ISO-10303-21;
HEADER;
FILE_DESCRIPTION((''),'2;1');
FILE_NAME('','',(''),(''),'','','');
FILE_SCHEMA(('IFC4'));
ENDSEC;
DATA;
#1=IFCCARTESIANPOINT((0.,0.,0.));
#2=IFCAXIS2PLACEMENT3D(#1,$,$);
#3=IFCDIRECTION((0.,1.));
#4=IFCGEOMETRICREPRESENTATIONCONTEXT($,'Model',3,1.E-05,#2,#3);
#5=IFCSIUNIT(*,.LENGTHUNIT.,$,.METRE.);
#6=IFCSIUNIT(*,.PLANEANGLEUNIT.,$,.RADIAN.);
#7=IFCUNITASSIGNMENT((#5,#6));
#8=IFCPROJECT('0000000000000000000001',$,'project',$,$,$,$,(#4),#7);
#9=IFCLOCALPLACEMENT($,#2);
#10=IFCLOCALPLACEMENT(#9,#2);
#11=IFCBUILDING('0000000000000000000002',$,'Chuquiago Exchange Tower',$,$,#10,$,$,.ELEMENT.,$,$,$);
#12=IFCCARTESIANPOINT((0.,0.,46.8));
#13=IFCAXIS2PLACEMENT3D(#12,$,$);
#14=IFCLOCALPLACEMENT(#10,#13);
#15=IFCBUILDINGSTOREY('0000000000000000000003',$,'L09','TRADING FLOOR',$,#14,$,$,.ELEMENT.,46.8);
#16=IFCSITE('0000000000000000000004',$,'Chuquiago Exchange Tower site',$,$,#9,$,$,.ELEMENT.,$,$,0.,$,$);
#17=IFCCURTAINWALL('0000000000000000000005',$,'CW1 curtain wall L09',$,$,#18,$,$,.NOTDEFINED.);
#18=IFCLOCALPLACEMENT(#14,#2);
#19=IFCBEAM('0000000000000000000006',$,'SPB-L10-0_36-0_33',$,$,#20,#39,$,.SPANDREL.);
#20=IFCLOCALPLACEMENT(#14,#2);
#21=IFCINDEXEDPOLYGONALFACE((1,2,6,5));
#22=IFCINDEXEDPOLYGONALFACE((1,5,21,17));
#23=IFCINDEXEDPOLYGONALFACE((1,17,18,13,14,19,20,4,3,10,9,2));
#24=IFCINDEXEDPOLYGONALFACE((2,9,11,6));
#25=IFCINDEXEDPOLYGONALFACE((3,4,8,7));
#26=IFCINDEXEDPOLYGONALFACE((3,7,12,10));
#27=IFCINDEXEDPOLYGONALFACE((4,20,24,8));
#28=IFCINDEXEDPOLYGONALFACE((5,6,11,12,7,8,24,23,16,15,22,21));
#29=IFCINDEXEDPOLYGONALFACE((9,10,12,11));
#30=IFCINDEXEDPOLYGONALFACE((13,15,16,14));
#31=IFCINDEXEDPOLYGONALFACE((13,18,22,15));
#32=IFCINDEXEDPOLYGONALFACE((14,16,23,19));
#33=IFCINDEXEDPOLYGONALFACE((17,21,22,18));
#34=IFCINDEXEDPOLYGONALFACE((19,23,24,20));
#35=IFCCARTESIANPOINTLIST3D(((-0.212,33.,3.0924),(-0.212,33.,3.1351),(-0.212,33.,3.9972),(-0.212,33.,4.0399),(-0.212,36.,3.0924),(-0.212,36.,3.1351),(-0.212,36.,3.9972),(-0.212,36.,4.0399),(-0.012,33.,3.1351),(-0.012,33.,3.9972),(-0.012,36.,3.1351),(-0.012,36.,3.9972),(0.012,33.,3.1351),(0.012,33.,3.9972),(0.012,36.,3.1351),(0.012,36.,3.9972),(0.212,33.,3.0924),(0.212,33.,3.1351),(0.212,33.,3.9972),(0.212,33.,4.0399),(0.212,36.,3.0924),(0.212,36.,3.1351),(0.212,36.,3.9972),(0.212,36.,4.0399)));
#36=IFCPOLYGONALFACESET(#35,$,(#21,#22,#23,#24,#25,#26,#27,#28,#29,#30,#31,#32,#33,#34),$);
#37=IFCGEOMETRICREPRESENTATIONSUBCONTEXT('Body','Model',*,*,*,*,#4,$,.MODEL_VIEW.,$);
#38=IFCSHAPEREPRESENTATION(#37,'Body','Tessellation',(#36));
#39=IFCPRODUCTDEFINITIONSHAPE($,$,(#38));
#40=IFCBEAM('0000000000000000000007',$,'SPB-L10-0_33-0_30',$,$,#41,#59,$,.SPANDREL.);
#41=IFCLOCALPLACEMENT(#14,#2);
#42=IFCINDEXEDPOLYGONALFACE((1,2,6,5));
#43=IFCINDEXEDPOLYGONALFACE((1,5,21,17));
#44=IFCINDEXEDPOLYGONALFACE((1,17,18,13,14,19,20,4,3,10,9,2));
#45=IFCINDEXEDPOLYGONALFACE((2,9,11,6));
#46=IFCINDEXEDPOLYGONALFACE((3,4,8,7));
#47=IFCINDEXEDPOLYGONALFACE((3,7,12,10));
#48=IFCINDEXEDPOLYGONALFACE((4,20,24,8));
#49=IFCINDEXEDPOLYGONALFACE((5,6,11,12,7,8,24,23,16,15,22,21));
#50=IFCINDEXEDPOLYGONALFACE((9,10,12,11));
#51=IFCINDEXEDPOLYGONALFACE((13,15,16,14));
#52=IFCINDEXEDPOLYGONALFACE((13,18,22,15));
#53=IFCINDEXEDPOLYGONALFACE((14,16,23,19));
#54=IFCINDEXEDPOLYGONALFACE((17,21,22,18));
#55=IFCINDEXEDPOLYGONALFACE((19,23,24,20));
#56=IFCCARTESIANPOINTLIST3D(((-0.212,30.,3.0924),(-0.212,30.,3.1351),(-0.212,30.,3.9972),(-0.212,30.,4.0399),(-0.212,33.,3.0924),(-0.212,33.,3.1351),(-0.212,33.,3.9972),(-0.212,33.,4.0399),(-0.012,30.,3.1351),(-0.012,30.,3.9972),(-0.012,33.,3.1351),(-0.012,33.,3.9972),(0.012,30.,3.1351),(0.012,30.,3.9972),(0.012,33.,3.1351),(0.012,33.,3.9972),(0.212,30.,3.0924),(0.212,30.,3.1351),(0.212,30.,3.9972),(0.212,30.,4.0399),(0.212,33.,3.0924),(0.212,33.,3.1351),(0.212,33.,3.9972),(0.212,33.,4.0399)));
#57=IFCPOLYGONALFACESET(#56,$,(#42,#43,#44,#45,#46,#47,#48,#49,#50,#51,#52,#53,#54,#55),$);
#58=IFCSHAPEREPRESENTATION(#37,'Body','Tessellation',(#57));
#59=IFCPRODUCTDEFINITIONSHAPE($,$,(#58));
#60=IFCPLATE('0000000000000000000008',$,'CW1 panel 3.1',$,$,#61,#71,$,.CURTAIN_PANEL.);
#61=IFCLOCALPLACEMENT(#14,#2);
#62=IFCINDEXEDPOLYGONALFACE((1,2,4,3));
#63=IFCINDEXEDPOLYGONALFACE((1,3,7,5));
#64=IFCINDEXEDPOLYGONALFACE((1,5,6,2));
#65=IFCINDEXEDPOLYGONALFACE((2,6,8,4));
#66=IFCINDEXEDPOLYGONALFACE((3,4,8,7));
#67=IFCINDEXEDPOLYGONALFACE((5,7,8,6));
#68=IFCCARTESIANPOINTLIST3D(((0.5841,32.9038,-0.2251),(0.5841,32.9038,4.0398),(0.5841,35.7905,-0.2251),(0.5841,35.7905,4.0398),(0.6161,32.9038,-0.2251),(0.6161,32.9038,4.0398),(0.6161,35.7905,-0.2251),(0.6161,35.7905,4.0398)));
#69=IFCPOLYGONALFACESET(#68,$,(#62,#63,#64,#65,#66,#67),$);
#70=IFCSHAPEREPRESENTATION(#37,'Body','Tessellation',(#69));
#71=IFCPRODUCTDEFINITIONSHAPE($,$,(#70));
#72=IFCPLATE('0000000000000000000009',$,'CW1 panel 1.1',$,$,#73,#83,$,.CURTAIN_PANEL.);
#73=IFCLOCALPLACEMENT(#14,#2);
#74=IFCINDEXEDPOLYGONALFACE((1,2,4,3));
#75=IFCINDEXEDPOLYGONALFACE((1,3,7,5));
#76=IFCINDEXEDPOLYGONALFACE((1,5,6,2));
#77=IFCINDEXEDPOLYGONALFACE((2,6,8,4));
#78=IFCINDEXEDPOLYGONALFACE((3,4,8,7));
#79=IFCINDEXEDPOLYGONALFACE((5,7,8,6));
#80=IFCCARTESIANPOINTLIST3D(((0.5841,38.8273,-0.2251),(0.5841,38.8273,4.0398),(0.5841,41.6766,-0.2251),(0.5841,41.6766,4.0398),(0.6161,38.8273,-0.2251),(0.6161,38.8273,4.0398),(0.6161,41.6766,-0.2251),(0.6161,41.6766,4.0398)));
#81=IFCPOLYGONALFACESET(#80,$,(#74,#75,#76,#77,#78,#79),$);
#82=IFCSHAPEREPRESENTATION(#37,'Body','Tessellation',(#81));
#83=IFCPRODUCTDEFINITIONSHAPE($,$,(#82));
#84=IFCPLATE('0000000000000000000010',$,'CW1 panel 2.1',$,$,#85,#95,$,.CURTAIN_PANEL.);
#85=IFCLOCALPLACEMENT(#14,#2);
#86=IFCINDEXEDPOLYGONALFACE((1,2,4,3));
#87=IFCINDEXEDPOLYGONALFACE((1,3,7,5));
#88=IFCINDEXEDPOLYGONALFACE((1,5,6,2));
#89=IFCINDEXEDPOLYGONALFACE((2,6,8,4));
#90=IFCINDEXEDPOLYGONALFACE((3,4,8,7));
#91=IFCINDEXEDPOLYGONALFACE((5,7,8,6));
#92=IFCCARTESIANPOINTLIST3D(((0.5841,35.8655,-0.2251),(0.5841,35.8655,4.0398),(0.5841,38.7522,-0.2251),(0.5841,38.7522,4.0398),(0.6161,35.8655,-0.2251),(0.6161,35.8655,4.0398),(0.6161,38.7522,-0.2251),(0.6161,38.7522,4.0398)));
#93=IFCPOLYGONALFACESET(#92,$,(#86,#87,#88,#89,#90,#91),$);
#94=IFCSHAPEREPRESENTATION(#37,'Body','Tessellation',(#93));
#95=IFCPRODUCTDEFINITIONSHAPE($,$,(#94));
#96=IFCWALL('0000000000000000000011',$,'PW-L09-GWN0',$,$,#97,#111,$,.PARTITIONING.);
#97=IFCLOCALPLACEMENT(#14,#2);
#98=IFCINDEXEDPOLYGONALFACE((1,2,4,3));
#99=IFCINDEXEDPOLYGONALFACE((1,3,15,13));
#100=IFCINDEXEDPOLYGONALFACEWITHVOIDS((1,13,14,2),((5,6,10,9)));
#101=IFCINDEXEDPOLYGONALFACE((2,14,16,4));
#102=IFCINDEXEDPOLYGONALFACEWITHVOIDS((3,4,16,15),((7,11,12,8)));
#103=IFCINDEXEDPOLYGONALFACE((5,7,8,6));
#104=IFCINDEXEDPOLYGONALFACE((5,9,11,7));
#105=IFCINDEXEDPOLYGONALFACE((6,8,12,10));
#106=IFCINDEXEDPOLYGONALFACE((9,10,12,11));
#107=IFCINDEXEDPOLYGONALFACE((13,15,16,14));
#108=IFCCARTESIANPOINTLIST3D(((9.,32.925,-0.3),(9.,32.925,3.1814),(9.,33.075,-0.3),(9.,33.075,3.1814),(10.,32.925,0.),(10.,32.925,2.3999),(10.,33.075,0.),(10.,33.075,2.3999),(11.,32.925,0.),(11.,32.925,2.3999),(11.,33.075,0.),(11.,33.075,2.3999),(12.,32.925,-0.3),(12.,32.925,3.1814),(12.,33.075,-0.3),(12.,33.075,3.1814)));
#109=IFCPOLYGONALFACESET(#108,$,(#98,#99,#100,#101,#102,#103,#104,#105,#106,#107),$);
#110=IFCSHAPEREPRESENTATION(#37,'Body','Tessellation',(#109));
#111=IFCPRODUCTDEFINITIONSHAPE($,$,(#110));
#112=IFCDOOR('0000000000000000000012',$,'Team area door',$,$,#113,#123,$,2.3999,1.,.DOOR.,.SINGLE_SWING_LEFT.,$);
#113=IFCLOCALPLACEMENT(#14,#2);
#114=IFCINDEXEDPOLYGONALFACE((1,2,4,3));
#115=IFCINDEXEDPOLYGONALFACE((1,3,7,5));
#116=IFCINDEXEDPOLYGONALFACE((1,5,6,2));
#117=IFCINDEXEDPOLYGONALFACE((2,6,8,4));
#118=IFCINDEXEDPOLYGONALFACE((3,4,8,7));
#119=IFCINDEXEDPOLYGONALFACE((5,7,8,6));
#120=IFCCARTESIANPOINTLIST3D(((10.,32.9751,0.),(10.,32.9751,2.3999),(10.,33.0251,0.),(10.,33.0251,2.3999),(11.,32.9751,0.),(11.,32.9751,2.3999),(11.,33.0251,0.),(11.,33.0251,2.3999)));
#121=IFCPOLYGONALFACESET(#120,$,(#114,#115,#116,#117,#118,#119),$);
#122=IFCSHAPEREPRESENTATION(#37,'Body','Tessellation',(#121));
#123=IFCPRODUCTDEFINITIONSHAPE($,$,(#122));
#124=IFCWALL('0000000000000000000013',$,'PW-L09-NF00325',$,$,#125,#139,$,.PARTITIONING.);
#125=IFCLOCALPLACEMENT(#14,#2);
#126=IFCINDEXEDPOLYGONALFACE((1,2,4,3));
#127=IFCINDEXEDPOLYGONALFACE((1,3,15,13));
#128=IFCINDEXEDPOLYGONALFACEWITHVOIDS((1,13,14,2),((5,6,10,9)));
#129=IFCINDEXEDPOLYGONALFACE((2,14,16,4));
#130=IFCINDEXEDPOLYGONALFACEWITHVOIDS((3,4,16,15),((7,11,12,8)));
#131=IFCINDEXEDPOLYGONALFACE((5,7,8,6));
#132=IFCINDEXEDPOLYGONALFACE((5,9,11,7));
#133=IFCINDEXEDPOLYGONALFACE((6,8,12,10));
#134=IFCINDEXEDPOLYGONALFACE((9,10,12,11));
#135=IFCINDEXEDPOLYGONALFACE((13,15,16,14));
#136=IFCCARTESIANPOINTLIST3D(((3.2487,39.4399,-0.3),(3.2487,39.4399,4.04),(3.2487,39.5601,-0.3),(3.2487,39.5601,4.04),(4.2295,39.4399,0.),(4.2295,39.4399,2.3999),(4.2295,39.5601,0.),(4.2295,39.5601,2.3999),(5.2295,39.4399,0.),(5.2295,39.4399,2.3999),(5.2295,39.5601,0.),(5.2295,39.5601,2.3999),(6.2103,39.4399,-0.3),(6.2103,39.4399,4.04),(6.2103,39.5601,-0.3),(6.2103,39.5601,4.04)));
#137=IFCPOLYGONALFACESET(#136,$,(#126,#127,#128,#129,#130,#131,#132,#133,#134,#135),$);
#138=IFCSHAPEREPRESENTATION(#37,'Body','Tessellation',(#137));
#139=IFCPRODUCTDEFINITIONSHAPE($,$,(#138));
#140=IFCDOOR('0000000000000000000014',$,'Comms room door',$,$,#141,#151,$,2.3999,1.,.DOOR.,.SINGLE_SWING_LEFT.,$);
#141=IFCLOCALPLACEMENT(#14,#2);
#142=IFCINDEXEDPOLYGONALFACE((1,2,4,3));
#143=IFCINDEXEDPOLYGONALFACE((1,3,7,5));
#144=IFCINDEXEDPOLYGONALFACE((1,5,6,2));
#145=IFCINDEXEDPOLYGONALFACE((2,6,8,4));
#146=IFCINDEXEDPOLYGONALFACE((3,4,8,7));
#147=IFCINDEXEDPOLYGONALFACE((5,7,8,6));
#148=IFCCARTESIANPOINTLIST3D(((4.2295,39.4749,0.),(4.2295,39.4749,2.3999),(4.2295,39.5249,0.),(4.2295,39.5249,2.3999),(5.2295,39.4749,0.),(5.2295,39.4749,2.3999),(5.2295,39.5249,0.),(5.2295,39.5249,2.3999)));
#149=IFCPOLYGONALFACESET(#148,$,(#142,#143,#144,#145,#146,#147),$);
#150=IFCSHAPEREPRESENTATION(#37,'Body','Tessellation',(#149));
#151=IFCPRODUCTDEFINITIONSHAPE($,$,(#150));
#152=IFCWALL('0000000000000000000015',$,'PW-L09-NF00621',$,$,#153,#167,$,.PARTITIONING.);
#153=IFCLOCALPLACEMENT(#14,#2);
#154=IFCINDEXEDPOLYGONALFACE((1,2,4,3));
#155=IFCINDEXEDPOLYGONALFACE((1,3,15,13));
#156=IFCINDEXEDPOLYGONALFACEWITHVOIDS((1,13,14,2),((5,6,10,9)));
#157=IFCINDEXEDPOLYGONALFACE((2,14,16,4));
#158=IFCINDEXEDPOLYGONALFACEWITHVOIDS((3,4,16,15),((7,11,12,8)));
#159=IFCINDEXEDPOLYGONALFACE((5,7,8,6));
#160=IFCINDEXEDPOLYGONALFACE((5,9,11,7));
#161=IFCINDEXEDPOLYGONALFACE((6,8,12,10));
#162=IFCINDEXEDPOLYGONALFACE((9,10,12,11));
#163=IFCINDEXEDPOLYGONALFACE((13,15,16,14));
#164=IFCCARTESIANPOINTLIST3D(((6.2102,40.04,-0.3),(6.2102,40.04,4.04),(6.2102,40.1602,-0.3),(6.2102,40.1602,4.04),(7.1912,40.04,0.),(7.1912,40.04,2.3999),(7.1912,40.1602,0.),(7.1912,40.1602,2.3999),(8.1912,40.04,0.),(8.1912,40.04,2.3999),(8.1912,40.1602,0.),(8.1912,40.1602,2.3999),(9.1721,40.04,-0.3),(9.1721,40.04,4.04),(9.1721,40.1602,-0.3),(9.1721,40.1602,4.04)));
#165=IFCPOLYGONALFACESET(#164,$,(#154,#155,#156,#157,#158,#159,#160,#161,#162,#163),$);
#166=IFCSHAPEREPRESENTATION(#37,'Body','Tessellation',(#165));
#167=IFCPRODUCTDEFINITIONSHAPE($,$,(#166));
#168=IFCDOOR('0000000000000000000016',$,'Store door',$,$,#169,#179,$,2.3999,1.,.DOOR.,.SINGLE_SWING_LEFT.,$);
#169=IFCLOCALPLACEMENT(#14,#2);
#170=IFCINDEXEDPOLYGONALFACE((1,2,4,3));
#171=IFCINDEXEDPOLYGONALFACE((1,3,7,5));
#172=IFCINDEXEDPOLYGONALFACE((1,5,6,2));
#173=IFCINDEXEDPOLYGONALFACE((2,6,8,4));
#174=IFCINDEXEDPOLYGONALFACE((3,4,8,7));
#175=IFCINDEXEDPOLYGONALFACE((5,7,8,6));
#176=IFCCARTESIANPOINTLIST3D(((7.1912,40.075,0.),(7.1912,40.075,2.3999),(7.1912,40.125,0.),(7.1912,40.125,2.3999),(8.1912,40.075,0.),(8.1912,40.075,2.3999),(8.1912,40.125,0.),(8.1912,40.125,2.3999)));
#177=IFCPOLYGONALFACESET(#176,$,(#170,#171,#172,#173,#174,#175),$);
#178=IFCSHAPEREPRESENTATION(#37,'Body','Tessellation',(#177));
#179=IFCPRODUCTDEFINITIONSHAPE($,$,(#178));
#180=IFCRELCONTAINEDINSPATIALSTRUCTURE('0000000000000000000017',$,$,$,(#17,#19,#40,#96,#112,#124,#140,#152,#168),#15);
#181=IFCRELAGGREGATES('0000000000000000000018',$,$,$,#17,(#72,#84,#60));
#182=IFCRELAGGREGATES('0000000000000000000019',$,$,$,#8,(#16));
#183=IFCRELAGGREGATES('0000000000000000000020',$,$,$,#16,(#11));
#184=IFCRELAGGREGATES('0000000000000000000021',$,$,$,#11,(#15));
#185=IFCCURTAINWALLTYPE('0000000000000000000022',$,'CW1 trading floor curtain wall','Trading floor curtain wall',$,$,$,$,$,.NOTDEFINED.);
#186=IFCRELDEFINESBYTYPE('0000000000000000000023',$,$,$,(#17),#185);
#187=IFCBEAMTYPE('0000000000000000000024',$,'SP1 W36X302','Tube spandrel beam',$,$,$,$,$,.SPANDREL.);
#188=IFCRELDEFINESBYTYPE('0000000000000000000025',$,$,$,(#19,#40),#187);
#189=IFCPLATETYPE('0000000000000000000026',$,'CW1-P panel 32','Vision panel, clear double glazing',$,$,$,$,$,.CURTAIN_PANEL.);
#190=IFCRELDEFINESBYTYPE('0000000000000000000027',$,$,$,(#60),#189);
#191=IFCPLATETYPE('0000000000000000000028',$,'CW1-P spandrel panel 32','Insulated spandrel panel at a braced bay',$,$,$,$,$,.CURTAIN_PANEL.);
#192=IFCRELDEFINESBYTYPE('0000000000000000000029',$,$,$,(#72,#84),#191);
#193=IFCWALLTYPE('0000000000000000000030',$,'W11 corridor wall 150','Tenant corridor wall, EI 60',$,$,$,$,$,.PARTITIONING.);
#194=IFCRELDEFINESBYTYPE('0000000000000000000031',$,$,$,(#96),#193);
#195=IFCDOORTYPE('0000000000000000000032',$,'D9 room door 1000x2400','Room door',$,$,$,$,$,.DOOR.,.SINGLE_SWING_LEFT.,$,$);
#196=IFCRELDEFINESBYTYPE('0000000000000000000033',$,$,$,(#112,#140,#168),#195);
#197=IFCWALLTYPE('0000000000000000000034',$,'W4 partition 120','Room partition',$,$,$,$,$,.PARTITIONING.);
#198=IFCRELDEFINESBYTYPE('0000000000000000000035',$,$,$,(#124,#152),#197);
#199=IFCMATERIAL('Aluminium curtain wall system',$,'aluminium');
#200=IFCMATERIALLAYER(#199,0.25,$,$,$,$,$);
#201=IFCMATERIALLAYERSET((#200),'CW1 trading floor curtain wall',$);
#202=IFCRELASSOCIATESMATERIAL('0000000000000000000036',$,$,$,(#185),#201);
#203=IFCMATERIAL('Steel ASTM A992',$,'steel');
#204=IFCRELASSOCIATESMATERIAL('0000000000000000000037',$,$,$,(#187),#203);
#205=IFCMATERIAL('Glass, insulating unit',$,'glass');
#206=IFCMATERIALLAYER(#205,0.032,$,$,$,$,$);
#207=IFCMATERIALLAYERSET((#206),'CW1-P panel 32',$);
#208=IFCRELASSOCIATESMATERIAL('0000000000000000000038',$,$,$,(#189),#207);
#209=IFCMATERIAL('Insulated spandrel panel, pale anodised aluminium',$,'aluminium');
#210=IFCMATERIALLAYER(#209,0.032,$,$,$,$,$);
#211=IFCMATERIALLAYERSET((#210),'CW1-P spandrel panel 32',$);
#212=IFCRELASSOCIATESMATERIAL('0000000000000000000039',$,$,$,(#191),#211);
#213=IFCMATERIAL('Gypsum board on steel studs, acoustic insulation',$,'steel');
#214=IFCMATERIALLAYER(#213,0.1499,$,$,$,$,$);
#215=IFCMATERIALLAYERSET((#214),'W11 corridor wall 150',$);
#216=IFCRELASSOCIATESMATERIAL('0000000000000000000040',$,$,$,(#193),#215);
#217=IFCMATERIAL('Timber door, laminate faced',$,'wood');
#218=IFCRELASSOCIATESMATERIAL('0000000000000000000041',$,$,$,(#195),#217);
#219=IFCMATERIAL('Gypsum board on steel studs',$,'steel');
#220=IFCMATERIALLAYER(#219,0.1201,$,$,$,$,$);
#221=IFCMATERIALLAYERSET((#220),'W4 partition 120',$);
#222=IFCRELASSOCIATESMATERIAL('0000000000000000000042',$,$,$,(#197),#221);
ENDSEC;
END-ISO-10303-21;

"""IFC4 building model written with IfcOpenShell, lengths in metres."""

from ifc_helpers import new_model, si_unit, direction, frame, frame_2d, origin, origin_2d, place, context, subcontext, project, spatial, rectangle, i_section, extrude, material, layer, layer_set, material_profile, profile_set, type_object, element, fill, aggregate, save


model = new_model("IFC4")

# Units and contexts
model_context = context("Model", 3, precision=1e-05, world=origin(), true_north=direction((0.0, 1.0)))
body_context = subcontext(model_context, "Body", "Model", "MODEL_VIEW")
ifc_project = project(units=[si_unit("LENGTHUNIT", "METRE"), si_unit("PLANEANGLEUNIT", "RADIAN")], contexts=[model_context])

# Site, building, storey
site_placement = place(None, origin())
site = spatial("IfcSite", under=ifc_project, at=site_placement, Name="Chuquiago Exchange Tower site", CompositionType="ELEMENT", RefElevation=0.0)
building_placement = place(site_placement, origin())
building = spatial("IfcBuilding", under=site, at=building_placement, Name="Chuquiago Exchange Tower", CompositionType="ELEMENT")
storey_placement = place(building_placement, frame((0.0, 0.0, 46.8)))
storey = spatial("IfcBuildingStorey", under=building, at=storey_placement, Name="L09", Description="TRADING FLOOR", CompositionType="ELEMENT", Elevation=46.8)

# Curtain wall
ifc_material_1 = material(Name="Aluminium curtain wall system", Category="aluminium")
ifc_layer_1 = layer(ifc_material_1, 0.25)
ifc_layer_set_1 = layer_set([ifc_layer_1], Name="CW1 trading floor curtain wall")
curtain_wall_type_1 = type_object("IfcCurtainWallType", Name="CW1 trading floor curtain wall", Description="Trading floor curtain wall", PredefinedType="NOTDEFINED", material=ifc_layer_set_1)
curtain_wall_1_placement = place(storey_placement, origin())
curtain_wall_1 = element("IfcCurtainWall", 1, at=curtain_wall_1_placement, inside=storey, type_object=curtain_wall_type_1, Name="CW1 curtain wall L09", PredefinedType="NOTDEFINED")

# Beams
ifc_material_2 = material(Name="Steel ASTM A992", Category="steel")
ifc_material_profile_1 = material_profile(ifc_material_2, i_section(OverallWidth=0.4241, OverallDepth=0.9475, WebThickness=0.0239, FlangeThickness=0.0427, at=origin_2d()), Name="W36X302")
ifc_profile_set_1 = profile_set([ifc_material_profile_1], Name="Steel ASTM A992")
beam_type = type_object("IfcBeamType", Name="SP1 W36X302", Description="Tube spandrel beam", PredefinedType="SPANDREL", material=ifc_profile_set_1)
for number, where, z_axis, x_axis, name in (
    (2, (0.0, 36.0, 3.5662), (0.0, -1.0, 0.0), (1.0, 0.0, 0.0), "SPB-L10-0_36-0_33"),
    (3, (0.0, 33.0, 3.5662), (0.0, -1.0, 0.0), (1.0, 0.0, 0.0), "SPB-L10-0_33-0_30"),
):
    element("IfcBeam", number, at=place(storey_placement, frame(where, z_axis=z_axis, x_axis=x_axis)), inside=storey, type_object=beam_type, Name=name, PredefinedType="SPANDREL", context=body_context, shape_type="SweptSolid", body=[
        extrude(i_section(OverallWidth=0.4241, OverallDepth=0.9475, WebThickness=0.0239, FlangeThickness=0.0427, at=origin_2d()), origin(), (0.0, 0.0, 1.0), 3.0),
    ])

# Plates
ifc_material_3 = material(Name="Glass, insulating unit", Category="glass")
ifc_layer_2 = layer(ifc_material_3, 0.032)
ifc_layer_set_2 = layer_set([ifc_layer_2], Name="CW1-P panel 32")
plate_type_1 = type_object("IfcPlateType", Name="CW1-P panel 32", Description="Vision panel, clear double glazing", PredefinedType="CURTAIN_PANEL", material=ifc_layer_set_2)
plate_1_placement = place(storey_placement, frame((0.6001, 34.3472, -0.2251), z_axis=(0.0, 0.0, 1.0), x_axis=(0.0, -1.0, 0.0)))
plate_1 = element("IfcPlate", 4, at=plate_1_placement, type_object=plate_type_1, Name="CW1 panel 3.1", PredefinedType="CURTAIN_PANEL", context=body_context, shape_type="SweptSolid", body=[
    extrude(rectangle(XDim=2.8867, YDim=0.032, at=origin_2d()), origin(), (0.0, 0.0, 1.0), 4.2649),
])
ifc_material_4 = material(Name="Insulated spandrel panel, pale anodised aluminium", Category="aluminium")
ifc_layer_3 = layer(ifc_material_4, 0.032)
ifc_layer_set_3 = layer_set([ifc_layer_3], Name="CW1-P spandrel panel 32")
plate_type_2 = type_object("IfcPlateType", Name="CW1-P spandrel panel 32", Description="Insulated spandrel panel at a braced bay", PredefinedType="CURTAIN_PANEL", material=ifc_layer_set_3)
plate_2_placement = place(storey_placement, frame((0.6001, 40.252, -0.2251), z_axis=(0.0, 0.0, 1.0), x_axis=(0.0, -1.0, 0.0)))
plate_2 = element("IfcPlate", 5, at=plate_2_placement, type_object=plate_type_2, Name="CW1 panel 1.1", PredefinedType="CURTAIN_PANEL", context=body_context, shape_type="SweptSolid", body=[
    extrude(rectangle(XDim=2.8494, YDim=0.032, at=origin_2d()), origin(), (0.0, 0.0, 1.0), 4.2649),
])
plate_3_placement = place(storey_placement, frame((0.6001, 37.3088, -0.2251), z_axis=(0.0, 0.0, 1.0), x_axis=(0.0, -1.0, 0.0)))
plate_3 = element("IfcPlate", 6, at=plate_3_placement, type_object=plate_type_2, Name="CW1 panel 2.1", PredefinedType="CURTAIN_PANEL", context=body_context, shape_type="SweptSolid", body=[
    extrude(rectangle(XDim=2.8867, YDim=0.032, at=origin_2d()), origin(), (0.0, 0.0, 1.0), 4.2649),
])
aggregate(curtain_wall_1, [plate_2, plate_3, plate_1])

# Walls, openings, doors
ifc_material_5 = material(Name="Gypsum board on steel studs, acoustic insulation", Category="steel")
ifc_layer_4 = layer(ifc_material_5, 0.1499)
ifc_layer_set_4 = layer_set([ifc_layer_4], Name="W11 corridor wall 150")
wall_type_1 = type_object("IfcWallType", Name="W11 corridor wall 150", Description="Tenant corridor wall, EI 60", PredefinedType="PARTITIONING", material=ifc_layer_set_4)
wall_1_placement = place(storey_placement, frame((9.0, 33.0, -0.3), z_axis=(0.0, 0.0, 1.0), x_axis=(1.0, 0.0, 0.0)))
wall_1 = element("IfcWall", 7, at=wall_1_placement, inside=storey, type_object=wall_type_1, Name="PW-L09-GWN0", PredefinedType="PARTITIONING", context=body_context, shape_type="SweptSolid", body=[
    extrude(rectangle(XDim=3.0, YDim=0.1499, at=frame_2d((1.5, 0.0))), origin(), (0.0, 0.0, 1.0), 3.4814),
])
opening_1_placement = place(wall_1_placement, frame((1.0, 0.0, 0.3)))
opening_1 = element("IfcOpeningElement", 8, at=opening_1_placement, cuts=wall_1, PredefinedType="OPENING", context=body_context, shape_type="SweptSolid", body=[
    extrude(rectangle(XDim=1.0, YDim=2.3999, at=frame_2d((0.5, 1.2))), frame((0.0, 0.085, 0.0), z_axis=(0.0, -1.0, 0.0), x_axis=(1.0, 0.0, 0.0)), (0.0, 0.0, 1.0), 0.1699),
])
ifc_material_6 = material(Name="Timber door, laminate faced", Category="wood")
door_type = type_object("IfcDoorType", Name="D9 room door 1000x2400", Description="Room door", OperationType="SINGLE_SWING_LEFT", PredefinedType="DOOR", material=ifc_material_6)
door_1_placement = place(opening_1_placement, frame((1.0, 0.0, 0.0), z_axis=(0.0, 0.0, 1.0), x_axis=(-1.0, 0.0, 0.0)))
door_1 = element("IfcDoor", 9, at=door_1_placement, inside=storey, type_object=door_type, Name="Team area door", OperationType="SINGLE_SWING_LEFT", OverallHeight=2.3999, OverallWidth=1.0, PredefinedType="DOOR", context=body_context, shape_type="SweptSolid", body=[
    extrude(rectangle(XDim=1.0, YDim=2.3999, at=frame_2d((0.5, 1.2))), frame((0.0, 0.0249, 0.0), z_axis=(0.0, -1.0, 0.0), x_axis=(1.0, 0.0, 0.0)), (0.0, 0.0, 1.0), 0.05),
])
fill(opening_1, door_1)
ifc_material_7 = material(Name="Gypsum board on steel studs", Category="steel")
ifc_layer_5 = layer(ifc_material_7, 0.1201)
ifc_layer_set_5 = layer_set([ifc_layer_5], Name="W4 partition 120")
wall_type_2 = type_object("IfcWallType", Name="W4 partition 120", Description="Room partition", PredefinedType="PARTITIONING", material=ifc_layer_set_5)
wall_2_placement = place(storey_placement, frame((3.2485, 39.5, -0.3), z_axis=(0.0, 0.0, 1.0), x_axis=(1.0, 0.0, 0.0)))
wall_2 = element("IfcWall", 10, at=wall_2_placement, inside=storey, type_object=wall_type_2, Name="PW-L09-NF00325", PredefinedType="PARTITIONING", context=body_context, shape_type="SweptSolid", body=[
    extrude(rectangle(XDim=2.9617, YDim=0.1201, at=frame_2d((1.481, 0.0))), origin(), (0.0, 0.0, 1.0), 4.3401),
])
opening_2_placement = place(wall_2_placement, frame((0.981, 0.0, 0.3)))
opening_2 = element("IfcOpeningElement", 11, at=opening_2_placement, cuts=wall_2, PredefinedType="OPENING", context=body_context, shape_type="SweptSolid", body=[
    extrude(rectangle(XDim=1.0, YDim=2.3999, at=frame_2d((0.5, 1.2))), frame((0.0, 0.0701, 0.0), z_axis=(0.0, -1.0, 0.0), x_axis=(1.0, 0.0, 0.0)), (0.0, 0.0, 1.0), 0.1401),
])
door_2_placement = place(opening_2_placement, origin())
door_2 = element("IfcDoor", 12, at=door_2_placement, inside=storey, type_object=door_type, Name="Comms room door", OperationType="SINGLE_SWING_LEFT", OverallHeight=2.3999, OverallWidth=1.0, PredefinedType="DOOR", context=body_context, shape_type="SweptSolid", body=[
    extrude(rectangle(XDim=1.0, YDim=2.3999, at=frame_2d((0.5, 1.2))), frame((0.0, 0.0249, 0.0), z_axis=(0.0, -1.0, 0.0), x_axis=(1.0, 0.0, 0.0)), (0.0, 0.0, 1.0), 0.05),
])
fill(opening_2, door_2)
wall_3_placement = place(storey_placement, frame((6.2102, 40.1001, -0.3), z_axis=(0.0, 0.0, 1.0), x_axis=(1.0, 0.0, 0.0)))
wall_3 = element("IfcWall", 13, at=wall_3_placement, inside=storey, type_object=wall_type_2, Name="PW-L09-NF00621", PredefinedType="PARTITIONING", context=body_context, shape_type="SweptSolid", body=[
    extrude(rectangle(XDim=2.9619, YDim=0.1201, at=frame_2d((1.481, 0.0))), origin(), (0.0, 0.0, 1.0), 4.3401),
])
opening_3_placement = place(wall_3_placement, frame((0.981, 0.0, 0.3)))
opening_3 = element("IfcOpeningElement", 14, at=opening_3_placement, cuts=wall_3, PredefinedType="OPENING", context=body_context, shape_type="SweptSolid", body=[
    extrude(rectangle(XDim=1.0, YDim=2.3999, at=frame_2d((0.5, 1.2))), frame((0.0, 0.0701, 0.0), z_axis=(0.0, -1.0, 0.0), x_axis=(1.0, 0.0, 0.0)), (0.0, 0.0, 1.0), 0.1401),
])
door_3_placement = place(opening_3_placement, origin())
door_3 = element("IfcDoor", 15, at=door_3_placement, inside=storey, type_object=door_type, Name="Store door", OperationType="SINGLE_SWING_LEFT", OverallHeight=2.3999, OverallWidth=1.0, PredefinedType="DOOR", context=body_context, shape_type="SweptSolid", body=[
    extrude(rectangle(XDim=1.0, YDim=2.3999, at=frame_2d((0.5, 1.2))), frame((0.0, 0.0249, 0.0), z_axis=(0.0, -1.0, 0.0), x_axis=(1.0, 0.0, 0.0)), (0.0, 0.0, 1.0), 0.05),
])
fill(opening_3, door_3)

save(model, "model.ifc")
